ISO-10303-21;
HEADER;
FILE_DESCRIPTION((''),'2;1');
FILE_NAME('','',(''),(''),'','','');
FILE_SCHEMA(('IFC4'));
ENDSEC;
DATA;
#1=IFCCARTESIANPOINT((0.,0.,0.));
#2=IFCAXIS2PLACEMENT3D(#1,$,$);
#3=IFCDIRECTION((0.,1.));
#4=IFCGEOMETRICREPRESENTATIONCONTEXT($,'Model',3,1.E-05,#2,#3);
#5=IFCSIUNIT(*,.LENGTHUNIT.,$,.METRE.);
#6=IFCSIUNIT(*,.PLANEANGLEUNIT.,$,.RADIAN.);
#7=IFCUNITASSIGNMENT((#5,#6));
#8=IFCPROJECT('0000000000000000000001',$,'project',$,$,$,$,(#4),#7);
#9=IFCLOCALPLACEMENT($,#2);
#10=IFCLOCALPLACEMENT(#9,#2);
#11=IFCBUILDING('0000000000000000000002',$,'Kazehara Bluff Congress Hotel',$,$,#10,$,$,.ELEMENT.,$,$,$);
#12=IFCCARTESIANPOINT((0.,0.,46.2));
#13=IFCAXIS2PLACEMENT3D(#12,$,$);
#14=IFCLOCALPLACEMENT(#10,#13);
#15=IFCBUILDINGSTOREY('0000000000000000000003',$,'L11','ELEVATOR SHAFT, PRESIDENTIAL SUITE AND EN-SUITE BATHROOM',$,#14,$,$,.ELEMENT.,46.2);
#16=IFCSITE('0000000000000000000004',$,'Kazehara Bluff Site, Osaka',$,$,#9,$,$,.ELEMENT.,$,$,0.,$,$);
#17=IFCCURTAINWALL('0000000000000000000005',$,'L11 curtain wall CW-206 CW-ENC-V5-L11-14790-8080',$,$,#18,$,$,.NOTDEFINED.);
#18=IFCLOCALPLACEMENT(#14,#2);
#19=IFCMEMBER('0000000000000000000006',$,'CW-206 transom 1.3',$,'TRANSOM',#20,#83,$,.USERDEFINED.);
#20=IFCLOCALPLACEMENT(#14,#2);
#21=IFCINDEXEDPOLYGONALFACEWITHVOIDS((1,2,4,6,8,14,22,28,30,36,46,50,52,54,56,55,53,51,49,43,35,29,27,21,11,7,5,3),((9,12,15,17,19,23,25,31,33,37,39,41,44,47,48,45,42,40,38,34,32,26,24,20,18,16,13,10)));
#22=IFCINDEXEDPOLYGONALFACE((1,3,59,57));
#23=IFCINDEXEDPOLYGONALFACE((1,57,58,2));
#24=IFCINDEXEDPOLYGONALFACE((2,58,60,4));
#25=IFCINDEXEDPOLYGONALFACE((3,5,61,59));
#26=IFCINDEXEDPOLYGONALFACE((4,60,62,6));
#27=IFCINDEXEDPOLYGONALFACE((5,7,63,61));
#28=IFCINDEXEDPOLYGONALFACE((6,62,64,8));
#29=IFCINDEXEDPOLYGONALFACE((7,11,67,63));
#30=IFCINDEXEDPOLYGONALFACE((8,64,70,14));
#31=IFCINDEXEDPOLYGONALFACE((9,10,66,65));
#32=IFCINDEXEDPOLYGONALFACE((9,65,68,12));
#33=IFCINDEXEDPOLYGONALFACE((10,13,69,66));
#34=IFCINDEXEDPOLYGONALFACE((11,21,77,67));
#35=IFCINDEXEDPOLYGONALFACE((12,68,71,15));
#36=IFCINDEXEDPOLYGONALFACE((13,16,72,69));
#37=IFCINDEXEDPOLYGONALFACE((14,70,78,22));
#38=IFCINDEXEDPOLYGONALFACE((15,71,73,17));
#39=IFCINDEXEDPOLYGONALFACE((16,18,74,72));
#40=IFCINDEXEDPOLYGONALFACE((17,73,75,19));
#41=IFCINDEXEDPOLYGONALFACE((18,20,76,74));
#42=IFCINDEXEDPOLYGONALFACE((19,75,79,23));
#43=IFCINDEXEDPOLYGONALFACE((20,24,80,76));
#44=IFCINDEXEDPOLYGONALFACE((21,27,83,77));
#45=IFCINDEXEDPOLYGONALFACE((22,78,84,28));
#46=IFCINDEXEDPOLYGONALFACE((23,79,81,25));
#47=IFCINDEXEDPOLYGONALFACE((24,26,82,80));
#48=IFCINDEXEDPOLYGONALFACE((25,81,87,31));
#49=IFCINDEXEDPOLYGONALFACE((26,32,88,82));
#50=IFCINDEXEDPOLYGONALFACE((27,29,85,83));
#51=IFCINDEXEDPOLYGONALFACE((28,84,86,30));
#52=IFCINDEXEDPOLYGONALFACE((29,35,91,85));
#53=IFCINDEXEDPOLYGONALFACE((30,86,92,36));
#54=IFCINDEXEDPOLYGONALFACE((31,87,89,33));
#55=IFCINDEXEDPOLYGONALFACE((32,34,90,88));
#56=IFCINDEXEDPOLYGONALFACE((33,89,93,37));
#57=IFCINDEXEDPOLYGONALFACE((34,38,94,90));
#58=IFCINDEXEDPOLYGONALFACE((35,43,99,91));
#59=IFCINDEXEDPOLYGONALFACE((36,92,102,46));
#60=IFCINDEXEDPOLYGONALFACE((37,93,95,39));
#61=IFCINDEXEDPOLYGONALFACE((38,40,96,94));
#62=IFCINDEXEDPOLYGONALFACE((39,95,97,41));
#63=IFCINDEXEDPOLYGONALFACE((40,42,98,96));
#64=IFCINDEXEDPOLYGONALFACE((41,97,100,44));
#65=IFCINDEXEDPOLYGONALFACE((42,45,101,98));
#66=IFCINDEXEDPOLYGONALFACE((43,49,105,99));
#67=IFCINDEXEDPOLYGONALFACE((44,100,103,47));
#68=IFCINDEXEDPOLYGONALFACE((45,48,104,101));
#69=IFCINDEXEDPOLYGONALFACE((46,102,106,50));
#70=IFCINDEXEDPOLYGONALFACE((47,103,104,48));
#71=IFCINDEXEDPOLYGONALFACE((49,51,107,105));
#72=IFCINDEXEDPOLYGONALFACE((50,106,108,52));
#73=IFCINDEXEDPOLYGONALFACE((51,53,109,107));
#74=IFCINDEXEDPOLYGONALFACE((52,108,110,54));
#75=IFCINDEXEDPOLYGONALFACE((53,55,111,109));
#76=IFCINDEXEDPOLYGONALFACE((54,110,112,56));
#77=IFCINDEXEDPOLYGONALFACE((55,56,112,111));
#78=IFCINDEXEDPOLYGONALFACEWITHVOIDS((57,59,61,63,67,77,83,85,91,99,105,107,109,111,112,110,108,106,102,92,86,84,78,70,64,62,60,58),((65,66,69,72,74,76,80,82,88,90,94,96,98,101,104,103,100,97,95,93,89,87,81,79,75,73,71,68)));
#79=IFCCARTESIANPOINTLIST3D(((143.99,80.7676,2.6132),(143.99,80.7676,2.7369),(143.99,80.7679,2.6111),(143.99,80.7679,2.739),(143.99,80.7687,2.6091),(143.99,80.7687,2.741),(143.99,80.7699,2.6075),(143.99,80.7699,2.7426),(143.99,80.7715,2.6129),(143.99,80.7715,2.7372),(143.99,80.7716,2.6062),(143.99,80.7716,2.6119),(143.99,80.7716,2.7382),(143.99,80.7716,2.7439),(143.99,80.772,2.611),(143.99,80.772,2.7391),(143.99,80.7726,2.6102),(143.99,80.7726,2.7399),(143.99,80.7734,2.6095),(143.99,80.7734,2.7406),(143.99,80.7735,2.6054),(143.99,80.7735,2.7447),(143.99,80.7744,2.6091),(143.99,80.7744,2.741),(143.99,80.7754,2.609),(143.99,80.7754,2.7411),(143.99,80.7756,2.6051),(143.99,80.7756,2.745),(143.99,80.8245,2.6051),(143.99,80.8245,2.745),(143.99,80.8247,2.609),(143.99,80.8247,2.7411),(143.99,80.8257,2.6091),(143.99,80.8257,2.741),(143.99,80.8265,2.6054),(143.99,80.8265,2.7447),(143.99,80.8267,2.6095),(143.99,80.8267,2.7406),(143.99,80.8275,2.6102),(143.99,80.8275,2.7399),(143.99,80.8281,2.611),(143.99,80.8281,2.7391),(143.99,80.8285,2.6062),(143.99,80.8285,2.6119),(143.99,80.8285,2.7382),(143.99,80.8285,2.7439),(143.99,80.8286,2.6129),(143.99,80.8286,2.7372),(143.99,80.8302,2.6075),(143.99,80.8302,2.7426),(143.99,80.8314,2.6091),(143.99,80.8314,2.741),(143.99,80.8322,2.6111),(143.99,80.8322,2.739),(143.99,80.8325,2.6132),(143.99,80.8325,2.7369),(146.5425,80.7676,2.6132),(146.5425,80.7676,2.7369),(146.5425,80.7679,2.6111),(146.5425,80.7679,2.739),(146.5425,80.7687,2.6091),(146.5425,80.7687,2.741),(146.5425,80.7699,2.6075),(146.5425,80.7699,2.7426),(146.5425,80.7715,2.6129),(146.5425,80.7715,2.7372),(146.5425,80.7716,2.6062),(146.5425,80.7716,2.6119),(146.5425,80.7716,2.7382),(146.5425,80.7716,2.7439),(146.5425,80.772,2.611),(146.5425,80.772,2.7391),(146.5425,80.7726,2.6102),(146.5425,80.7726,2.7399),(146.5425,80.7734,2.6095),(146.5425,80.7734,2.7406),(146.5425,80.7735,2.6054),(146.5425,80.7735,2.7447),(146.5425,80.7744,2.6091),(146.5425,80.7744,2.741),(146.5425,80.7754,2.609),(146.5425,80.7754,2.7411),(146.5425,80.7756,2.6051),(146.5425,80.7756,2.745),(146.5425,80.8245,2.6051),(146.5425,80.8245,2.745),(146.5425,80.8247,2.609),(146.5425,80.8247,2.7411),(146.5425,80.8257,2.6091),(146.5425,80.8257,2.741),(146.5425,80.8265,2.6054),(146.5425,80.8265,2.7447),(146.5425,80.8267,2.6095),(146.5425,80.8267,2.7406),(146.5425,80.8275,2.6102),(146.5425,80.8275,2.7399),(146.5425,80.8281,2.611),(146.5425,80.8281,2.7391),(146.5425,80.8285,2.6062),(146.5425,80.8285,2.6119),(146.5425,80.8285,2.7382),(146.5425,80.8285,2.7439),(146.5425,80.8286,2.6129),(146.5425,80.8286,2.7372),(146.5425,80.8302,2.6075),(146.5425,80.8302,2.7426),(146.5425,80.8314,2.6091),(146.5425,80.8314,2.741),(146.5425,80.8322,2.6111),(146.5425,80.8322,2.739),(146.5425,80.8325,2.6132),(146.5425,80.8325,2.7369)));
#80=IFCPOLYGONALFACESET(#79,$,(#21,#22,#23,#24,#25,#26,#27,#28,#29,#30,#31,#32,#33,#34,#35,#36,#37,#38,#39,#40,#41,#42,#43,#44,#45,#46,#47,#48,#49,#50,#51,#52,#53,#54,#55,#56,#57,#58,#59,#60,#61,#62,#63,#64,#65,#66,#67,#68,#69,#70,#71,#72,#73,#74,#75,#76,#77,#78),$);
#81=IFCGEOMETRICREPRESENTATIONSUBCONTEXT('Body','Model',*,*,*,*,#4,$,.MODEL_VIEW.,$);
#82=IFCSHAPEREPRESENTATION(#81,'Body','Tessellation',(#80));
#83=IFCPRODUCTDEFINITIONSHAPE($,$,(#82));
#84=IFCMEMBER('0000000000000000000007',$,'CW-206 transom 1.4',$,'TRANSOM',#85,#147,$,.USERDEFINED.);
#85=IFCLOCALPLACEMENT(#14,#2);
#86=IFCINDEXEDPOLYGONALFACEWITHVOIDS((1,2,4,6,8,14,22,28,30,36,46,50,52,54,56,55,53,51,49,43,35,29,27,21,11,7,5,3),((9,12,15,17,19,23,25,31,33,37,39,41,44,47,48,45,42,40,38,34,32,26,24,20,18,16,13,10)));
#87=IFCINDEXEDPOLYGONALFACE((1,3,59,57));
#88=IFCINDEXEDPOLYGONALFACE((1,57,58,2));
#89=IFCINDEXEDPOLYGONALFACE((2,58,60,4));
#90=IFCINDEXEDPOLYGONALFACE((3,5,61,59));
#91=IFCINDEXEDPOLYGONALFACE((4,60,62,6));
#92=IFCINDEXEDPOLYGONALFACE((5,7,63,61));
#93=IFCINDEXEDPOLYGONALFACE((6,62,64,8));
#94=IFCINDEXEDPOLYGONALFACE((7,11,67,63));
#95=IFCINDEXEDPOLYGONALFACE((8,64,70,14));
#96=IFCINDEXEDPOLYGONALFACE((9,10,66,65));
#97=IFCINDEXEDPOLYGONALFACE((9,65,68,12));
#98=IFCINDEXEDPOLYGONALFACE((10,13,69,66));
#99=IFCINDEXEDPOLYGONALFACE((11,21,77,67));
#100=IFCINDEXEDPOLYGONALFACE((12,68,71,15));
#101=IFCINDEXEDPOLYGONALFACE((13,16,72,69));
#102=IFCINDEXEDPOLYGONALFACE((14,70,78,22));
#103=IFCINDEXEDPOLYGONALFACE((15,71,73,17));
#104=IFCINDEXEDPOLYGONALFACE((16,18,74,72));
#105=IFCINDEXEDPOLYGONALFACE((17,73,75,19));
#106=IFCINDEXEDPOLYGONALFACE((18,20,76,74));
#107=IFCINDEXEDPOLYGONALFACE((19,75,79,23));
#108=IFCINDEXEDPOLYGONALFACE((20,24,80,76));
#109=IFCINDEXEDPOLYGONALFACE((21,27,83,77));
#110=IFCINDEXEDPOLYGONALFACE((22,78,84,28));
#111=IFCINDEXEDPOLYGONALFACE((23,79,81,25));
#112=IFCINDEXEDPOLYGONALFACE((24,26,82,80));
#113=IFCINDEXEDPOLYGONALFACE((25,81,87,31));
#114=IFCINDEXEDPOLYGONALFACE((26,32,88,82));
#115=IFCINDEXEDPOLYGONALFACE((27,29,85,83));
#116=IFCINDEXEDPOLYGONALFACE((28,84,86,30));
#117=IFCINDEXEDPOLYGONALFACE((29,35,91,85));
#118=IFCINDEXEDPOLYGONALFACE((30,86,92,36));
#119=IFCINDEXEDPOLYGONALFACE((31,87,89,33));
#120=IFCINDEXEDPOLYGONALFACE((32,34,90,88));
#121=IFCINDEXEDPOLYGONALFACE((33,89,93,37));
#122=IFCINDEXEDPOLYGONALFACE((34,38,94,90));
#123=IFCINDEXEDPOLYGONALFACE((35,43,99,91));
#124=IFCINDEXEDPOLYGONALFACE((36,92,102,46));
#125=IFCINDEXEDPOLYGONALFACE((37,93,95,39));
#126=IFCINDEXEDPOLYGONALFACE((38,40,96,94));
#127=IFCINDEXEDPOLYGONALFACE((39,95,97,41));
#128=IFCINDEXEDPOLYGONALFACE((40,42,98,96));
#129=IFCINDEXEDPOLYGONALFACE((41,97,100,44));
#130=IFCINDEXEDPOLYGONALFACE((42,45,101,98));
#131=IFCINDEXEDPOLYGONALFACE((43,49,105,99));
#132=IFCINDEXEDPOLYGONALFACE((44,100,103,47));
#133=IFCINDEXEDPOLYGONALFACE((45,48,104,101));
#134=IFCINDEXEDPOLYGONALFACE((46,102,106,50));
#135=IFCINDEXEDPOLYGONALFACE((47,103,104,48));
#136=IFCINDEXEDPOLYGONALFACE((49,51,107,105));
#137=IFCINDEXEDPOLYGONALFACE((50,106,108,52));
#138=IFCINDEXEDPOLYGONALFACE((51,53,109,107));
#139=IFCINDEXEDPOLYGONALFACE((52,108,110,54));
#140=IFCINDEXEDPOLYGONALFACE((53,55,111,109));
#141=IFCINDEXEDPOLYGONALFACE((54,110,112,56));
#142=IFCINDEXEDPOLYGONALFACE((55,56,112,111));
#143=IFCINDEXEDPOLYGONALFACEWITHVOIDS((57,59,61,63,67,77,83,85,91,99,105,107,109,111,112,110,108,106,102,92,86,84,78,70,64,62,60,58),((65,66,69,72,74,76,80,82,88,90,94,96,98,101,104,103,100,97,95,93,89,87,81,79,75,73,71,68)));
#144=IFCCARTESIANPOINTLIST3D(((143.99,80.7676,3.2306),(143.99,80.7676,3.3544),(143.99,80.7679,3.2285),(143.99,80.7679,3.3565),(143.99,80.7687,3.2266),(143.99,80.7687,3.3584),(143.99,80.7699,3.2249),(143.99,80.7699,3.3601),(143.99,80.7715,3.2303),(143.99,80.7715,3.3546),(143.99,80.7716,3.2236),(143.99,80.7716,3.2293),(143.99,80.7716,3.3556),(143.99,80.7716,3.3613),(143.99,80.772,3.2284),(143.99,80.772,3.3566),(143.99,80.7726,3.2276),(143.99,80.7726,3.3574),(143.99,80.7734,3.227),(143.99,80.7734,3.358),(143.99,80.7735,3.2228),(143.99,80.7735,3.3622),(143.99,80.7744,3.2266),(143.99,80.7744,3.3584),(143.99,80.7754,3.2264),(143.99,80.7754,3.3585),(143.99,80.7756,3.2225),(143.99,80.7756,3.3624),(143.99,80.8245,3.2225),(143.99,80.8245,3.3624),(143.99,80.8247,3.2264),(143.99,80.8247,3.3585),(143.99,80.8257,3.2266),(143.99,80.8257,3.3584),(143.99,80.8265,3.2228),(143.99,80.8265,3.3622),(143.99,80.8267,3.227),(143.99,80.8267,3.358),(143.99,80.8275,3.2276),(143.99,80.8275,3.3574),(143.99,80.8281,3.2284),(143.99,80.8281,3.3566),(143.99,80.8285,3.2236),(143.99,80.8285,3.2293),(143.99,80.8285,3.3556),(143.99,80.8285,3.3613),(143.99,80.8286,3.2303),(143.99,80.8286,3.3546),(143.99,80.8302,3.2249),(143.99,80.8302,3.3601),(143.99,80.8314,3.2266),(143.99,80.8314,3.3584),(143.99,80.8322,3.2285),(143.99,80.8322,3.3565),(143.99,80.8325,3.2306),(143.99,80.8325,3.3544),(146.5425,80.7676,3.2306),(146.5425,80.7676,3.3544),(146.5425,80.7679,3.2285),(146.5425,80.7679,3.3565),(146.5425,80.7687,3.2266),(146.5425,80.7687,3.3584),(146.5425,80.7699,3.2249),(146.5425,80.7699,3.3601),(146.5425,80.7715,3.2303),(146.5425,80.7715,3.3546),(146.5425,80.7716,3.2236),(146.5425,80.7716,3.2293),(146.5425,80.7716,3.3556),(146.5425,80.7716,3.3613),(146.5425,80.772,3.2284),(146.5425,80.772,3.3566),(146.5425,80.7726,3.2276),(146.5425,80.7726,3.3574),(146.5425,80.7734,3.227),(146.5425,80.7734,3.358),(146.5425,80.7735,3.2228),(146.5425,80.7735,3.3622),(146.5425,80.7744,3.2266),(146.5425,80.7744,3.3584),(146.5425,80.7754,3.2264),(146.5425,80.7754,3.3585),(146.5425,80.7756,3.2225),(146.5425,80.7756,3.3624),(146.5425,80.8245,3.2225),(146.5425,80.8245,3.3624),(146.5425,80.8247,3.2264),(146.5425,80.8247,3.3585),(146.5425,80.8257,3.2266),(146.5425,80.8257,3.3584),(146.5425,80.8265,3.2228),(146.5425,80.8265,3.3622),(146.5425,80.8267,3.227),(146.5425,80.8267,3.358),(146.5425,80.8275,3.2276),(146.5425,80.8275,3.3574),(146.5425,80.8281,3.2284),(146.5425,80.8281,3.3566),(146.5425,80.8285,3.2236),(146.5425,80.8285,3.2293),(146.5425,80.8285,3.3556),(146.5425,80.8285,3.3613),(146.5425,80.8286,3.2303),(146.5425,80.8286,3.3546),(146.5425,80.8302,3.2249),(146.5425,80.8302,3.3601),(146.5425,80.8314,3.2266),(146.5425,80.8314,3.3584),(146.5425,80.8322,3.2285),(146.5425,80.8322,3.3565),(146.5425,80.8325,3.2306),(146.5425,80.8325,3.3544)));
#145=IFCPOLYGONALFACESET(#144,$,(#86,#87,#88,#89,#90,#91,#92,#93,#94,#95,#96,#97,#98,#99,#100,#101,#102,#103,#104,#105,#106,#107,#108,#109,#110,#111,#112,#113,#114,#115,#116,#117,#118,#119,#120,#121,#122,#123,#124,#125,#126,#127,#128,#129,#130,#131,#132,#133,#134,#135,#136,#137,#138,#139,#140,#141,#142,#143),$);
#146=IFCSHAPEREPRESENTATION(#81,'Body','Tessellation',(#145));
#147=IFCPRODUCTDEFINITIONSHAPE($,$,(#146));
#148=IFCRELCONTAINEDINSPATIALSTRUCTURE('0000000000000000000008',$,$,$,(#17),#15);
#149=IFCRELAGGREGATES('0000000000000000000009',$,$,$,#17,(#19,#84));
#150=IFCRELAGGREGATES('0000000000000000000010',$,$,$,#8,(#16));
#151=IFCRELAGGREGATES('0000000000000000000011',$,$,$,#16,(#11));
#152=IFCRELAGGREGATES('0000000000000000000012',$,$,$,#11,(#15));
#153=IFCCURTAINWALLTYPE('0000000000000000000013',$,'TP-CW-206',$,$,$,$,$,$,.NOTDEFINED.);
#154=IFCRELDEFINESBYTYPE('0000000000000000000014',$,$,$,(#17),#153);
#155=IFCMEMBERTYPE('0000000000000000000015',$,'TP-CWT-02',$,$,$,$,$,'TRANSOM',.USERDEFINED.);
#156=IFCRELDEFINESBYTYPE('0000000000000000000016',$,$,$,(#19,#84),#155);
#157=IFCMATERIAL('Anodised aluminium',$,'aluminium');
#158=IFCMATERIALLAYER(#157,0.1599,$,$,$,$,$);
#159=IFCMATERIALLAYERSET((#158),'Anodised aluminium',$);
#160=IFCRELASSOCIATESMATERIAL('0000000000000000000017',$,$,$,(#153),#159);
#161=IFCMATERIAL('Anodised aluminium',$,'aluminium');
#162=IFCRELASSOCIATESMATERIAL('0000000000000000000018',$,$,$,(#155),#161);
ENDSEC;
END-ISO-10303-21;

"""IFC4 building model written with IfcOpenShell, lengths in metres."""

from ifc_helpers import new_model, si_unit, direction, frame, origin, origin_2d, place, context, subcontext, project, spatial, hollow_rectangle, extrude, material, layer, layer_set, material_profile, profile_set, type_object, element, aggregate, save


model = new_model("IFC4")

# Units and contexts
model_context = context("Model", 3, precision=1e-05, world=origin(), true_north=direction((0.0, 1.0)))
body_context = subcontext(model_context, "Body", "Model", "MODEL_VIEW")
ifc_project = project(units=[si_unit("LENGTHUNIT", "METRE"), si_unit("PLANEANGLEUNIT", "RADIAN")], contexts=[model_context])

# Site, building, storey
site_placement = place(None, origin())
site = spatial("IfcSite", under=ifc_project, at=site_placement, Name="Kazehara Bluff Site, Osaka", CompositionType="ELEMENT", RefElevation=0.0)
building_placement = place(site_placement, origin())
building = spatial("IfcBuilding", under=site, at=building_placement, Name="Kazehara Bluff Congress Hotel", CompositionType="ELEMENT")
storey_placement = place(building_placement, frame((0.0, 0.0, 46.2)))
storey = spatial("IfcBuildingStorey", under=building, at=storey_placement, Name="L11", Description="ELEVATOR SHAFT, PRESIDENTIAL SUITE AND EN-SUITE BATHROOM", CompositionType="ELEMENT", Elevation=46.2)

# Curtain wall, members
ifc_material_1 = material(Name="Anodised aluminium", Category="aluminium")
ifc_layer_1 = layer(ifc_material_1, 0.1599)
ifc_layer_set_1 = layer_set([ifc_layer_1], Name="Anodised aluminium")
curtain_wall_type = type_object("IfcCurtainWallType", Name="TP-CW-206", PredefinedType="NOTDEFINED", material=ifc_layer_set_1)
curtain_wall_placement = place(storey_placement, origin())
curtain_wall = element("IfcCurtainWall", 1, at=curtain_wall_placement, inside=storey, type_object=curtain_wall_type, Name="L11 curtain wall CW-206 CW-ENC-V5-L11-14790-8080", PredefinedType="NOTDEFINED")
ifc_material_2 = material(Name="Anodised aluminium", Category="aluminium")
ifc_material_profile_1 = material_profile(ifc_material_2, hollow_rectangle(XDim=0.0649, YDim=0.1399, WallThickness=0.0039, InnerFilletRadius=0.0039, OuterFilletRadius=0.0081, at=origin_2d()))
ifc_profile_set_1 = profile_set([ifc_material_profile_1], Name="Anodised aluminium")
member_type_1 = type_object("IfcMemberType", Name="TP-CWT-02", ElementType="TRANSOM", PredefinedType="USERDEFINED", material=ifc_profile_set_1)
member_1_placement = place(storey_placement, frame((143.99, 80.8, 2.675), z_axis=(1.0, 0.0, 0.0), x_axis=(0.0, 1.0, 0.0)))
member_1 = element("IfcMember", 2, at=member_1_placement, type_object=member_type_1, Name="CW-206 transom 1.3", ObjectType="TRANSOM", PredefinedType="USERDEFINED", context=body_context, shape_type="SweptSolid", body=[
    extrude(hollow_rectangle(XDim=0.0649, YDim=0.1399, WallThickness=0.0039, InnerFilletRadius=0.0039, OuterFilletRadius=0.0081, at=origin_2d()), origin(), (0.0, 0.0, 1.0), 2.5525),
])
member_2_placement = place(storey_placement, frame((143.99, 80.8, 3.2925), z_axis=(1.0, 0.0, 0.0), x_axis=(0.0, 1.0, 0.0)))
member_2 = element("IfcMember", 3, at=member_2_placement, type_object=member_type_1, Name="CW-206 transom 1.4", ObjectType="TRANSOM", PredefinedType="USERDEFINED", context=body_context, shape_type="SweptSolid", body=[
    extrude(hollow_rectangle(XDim=0.0649, YDim=0.1399, WallThickness=0.0039, InnerFilletRadius=0.0039, OuterFilletRadius=0.0081, at=origin_2d()), origin(), (0.0, 0.0, 1.0), 2.5525),
])

aggregate(curtain_wall, [member_1, member_2])

save(model, "model.ifc")
